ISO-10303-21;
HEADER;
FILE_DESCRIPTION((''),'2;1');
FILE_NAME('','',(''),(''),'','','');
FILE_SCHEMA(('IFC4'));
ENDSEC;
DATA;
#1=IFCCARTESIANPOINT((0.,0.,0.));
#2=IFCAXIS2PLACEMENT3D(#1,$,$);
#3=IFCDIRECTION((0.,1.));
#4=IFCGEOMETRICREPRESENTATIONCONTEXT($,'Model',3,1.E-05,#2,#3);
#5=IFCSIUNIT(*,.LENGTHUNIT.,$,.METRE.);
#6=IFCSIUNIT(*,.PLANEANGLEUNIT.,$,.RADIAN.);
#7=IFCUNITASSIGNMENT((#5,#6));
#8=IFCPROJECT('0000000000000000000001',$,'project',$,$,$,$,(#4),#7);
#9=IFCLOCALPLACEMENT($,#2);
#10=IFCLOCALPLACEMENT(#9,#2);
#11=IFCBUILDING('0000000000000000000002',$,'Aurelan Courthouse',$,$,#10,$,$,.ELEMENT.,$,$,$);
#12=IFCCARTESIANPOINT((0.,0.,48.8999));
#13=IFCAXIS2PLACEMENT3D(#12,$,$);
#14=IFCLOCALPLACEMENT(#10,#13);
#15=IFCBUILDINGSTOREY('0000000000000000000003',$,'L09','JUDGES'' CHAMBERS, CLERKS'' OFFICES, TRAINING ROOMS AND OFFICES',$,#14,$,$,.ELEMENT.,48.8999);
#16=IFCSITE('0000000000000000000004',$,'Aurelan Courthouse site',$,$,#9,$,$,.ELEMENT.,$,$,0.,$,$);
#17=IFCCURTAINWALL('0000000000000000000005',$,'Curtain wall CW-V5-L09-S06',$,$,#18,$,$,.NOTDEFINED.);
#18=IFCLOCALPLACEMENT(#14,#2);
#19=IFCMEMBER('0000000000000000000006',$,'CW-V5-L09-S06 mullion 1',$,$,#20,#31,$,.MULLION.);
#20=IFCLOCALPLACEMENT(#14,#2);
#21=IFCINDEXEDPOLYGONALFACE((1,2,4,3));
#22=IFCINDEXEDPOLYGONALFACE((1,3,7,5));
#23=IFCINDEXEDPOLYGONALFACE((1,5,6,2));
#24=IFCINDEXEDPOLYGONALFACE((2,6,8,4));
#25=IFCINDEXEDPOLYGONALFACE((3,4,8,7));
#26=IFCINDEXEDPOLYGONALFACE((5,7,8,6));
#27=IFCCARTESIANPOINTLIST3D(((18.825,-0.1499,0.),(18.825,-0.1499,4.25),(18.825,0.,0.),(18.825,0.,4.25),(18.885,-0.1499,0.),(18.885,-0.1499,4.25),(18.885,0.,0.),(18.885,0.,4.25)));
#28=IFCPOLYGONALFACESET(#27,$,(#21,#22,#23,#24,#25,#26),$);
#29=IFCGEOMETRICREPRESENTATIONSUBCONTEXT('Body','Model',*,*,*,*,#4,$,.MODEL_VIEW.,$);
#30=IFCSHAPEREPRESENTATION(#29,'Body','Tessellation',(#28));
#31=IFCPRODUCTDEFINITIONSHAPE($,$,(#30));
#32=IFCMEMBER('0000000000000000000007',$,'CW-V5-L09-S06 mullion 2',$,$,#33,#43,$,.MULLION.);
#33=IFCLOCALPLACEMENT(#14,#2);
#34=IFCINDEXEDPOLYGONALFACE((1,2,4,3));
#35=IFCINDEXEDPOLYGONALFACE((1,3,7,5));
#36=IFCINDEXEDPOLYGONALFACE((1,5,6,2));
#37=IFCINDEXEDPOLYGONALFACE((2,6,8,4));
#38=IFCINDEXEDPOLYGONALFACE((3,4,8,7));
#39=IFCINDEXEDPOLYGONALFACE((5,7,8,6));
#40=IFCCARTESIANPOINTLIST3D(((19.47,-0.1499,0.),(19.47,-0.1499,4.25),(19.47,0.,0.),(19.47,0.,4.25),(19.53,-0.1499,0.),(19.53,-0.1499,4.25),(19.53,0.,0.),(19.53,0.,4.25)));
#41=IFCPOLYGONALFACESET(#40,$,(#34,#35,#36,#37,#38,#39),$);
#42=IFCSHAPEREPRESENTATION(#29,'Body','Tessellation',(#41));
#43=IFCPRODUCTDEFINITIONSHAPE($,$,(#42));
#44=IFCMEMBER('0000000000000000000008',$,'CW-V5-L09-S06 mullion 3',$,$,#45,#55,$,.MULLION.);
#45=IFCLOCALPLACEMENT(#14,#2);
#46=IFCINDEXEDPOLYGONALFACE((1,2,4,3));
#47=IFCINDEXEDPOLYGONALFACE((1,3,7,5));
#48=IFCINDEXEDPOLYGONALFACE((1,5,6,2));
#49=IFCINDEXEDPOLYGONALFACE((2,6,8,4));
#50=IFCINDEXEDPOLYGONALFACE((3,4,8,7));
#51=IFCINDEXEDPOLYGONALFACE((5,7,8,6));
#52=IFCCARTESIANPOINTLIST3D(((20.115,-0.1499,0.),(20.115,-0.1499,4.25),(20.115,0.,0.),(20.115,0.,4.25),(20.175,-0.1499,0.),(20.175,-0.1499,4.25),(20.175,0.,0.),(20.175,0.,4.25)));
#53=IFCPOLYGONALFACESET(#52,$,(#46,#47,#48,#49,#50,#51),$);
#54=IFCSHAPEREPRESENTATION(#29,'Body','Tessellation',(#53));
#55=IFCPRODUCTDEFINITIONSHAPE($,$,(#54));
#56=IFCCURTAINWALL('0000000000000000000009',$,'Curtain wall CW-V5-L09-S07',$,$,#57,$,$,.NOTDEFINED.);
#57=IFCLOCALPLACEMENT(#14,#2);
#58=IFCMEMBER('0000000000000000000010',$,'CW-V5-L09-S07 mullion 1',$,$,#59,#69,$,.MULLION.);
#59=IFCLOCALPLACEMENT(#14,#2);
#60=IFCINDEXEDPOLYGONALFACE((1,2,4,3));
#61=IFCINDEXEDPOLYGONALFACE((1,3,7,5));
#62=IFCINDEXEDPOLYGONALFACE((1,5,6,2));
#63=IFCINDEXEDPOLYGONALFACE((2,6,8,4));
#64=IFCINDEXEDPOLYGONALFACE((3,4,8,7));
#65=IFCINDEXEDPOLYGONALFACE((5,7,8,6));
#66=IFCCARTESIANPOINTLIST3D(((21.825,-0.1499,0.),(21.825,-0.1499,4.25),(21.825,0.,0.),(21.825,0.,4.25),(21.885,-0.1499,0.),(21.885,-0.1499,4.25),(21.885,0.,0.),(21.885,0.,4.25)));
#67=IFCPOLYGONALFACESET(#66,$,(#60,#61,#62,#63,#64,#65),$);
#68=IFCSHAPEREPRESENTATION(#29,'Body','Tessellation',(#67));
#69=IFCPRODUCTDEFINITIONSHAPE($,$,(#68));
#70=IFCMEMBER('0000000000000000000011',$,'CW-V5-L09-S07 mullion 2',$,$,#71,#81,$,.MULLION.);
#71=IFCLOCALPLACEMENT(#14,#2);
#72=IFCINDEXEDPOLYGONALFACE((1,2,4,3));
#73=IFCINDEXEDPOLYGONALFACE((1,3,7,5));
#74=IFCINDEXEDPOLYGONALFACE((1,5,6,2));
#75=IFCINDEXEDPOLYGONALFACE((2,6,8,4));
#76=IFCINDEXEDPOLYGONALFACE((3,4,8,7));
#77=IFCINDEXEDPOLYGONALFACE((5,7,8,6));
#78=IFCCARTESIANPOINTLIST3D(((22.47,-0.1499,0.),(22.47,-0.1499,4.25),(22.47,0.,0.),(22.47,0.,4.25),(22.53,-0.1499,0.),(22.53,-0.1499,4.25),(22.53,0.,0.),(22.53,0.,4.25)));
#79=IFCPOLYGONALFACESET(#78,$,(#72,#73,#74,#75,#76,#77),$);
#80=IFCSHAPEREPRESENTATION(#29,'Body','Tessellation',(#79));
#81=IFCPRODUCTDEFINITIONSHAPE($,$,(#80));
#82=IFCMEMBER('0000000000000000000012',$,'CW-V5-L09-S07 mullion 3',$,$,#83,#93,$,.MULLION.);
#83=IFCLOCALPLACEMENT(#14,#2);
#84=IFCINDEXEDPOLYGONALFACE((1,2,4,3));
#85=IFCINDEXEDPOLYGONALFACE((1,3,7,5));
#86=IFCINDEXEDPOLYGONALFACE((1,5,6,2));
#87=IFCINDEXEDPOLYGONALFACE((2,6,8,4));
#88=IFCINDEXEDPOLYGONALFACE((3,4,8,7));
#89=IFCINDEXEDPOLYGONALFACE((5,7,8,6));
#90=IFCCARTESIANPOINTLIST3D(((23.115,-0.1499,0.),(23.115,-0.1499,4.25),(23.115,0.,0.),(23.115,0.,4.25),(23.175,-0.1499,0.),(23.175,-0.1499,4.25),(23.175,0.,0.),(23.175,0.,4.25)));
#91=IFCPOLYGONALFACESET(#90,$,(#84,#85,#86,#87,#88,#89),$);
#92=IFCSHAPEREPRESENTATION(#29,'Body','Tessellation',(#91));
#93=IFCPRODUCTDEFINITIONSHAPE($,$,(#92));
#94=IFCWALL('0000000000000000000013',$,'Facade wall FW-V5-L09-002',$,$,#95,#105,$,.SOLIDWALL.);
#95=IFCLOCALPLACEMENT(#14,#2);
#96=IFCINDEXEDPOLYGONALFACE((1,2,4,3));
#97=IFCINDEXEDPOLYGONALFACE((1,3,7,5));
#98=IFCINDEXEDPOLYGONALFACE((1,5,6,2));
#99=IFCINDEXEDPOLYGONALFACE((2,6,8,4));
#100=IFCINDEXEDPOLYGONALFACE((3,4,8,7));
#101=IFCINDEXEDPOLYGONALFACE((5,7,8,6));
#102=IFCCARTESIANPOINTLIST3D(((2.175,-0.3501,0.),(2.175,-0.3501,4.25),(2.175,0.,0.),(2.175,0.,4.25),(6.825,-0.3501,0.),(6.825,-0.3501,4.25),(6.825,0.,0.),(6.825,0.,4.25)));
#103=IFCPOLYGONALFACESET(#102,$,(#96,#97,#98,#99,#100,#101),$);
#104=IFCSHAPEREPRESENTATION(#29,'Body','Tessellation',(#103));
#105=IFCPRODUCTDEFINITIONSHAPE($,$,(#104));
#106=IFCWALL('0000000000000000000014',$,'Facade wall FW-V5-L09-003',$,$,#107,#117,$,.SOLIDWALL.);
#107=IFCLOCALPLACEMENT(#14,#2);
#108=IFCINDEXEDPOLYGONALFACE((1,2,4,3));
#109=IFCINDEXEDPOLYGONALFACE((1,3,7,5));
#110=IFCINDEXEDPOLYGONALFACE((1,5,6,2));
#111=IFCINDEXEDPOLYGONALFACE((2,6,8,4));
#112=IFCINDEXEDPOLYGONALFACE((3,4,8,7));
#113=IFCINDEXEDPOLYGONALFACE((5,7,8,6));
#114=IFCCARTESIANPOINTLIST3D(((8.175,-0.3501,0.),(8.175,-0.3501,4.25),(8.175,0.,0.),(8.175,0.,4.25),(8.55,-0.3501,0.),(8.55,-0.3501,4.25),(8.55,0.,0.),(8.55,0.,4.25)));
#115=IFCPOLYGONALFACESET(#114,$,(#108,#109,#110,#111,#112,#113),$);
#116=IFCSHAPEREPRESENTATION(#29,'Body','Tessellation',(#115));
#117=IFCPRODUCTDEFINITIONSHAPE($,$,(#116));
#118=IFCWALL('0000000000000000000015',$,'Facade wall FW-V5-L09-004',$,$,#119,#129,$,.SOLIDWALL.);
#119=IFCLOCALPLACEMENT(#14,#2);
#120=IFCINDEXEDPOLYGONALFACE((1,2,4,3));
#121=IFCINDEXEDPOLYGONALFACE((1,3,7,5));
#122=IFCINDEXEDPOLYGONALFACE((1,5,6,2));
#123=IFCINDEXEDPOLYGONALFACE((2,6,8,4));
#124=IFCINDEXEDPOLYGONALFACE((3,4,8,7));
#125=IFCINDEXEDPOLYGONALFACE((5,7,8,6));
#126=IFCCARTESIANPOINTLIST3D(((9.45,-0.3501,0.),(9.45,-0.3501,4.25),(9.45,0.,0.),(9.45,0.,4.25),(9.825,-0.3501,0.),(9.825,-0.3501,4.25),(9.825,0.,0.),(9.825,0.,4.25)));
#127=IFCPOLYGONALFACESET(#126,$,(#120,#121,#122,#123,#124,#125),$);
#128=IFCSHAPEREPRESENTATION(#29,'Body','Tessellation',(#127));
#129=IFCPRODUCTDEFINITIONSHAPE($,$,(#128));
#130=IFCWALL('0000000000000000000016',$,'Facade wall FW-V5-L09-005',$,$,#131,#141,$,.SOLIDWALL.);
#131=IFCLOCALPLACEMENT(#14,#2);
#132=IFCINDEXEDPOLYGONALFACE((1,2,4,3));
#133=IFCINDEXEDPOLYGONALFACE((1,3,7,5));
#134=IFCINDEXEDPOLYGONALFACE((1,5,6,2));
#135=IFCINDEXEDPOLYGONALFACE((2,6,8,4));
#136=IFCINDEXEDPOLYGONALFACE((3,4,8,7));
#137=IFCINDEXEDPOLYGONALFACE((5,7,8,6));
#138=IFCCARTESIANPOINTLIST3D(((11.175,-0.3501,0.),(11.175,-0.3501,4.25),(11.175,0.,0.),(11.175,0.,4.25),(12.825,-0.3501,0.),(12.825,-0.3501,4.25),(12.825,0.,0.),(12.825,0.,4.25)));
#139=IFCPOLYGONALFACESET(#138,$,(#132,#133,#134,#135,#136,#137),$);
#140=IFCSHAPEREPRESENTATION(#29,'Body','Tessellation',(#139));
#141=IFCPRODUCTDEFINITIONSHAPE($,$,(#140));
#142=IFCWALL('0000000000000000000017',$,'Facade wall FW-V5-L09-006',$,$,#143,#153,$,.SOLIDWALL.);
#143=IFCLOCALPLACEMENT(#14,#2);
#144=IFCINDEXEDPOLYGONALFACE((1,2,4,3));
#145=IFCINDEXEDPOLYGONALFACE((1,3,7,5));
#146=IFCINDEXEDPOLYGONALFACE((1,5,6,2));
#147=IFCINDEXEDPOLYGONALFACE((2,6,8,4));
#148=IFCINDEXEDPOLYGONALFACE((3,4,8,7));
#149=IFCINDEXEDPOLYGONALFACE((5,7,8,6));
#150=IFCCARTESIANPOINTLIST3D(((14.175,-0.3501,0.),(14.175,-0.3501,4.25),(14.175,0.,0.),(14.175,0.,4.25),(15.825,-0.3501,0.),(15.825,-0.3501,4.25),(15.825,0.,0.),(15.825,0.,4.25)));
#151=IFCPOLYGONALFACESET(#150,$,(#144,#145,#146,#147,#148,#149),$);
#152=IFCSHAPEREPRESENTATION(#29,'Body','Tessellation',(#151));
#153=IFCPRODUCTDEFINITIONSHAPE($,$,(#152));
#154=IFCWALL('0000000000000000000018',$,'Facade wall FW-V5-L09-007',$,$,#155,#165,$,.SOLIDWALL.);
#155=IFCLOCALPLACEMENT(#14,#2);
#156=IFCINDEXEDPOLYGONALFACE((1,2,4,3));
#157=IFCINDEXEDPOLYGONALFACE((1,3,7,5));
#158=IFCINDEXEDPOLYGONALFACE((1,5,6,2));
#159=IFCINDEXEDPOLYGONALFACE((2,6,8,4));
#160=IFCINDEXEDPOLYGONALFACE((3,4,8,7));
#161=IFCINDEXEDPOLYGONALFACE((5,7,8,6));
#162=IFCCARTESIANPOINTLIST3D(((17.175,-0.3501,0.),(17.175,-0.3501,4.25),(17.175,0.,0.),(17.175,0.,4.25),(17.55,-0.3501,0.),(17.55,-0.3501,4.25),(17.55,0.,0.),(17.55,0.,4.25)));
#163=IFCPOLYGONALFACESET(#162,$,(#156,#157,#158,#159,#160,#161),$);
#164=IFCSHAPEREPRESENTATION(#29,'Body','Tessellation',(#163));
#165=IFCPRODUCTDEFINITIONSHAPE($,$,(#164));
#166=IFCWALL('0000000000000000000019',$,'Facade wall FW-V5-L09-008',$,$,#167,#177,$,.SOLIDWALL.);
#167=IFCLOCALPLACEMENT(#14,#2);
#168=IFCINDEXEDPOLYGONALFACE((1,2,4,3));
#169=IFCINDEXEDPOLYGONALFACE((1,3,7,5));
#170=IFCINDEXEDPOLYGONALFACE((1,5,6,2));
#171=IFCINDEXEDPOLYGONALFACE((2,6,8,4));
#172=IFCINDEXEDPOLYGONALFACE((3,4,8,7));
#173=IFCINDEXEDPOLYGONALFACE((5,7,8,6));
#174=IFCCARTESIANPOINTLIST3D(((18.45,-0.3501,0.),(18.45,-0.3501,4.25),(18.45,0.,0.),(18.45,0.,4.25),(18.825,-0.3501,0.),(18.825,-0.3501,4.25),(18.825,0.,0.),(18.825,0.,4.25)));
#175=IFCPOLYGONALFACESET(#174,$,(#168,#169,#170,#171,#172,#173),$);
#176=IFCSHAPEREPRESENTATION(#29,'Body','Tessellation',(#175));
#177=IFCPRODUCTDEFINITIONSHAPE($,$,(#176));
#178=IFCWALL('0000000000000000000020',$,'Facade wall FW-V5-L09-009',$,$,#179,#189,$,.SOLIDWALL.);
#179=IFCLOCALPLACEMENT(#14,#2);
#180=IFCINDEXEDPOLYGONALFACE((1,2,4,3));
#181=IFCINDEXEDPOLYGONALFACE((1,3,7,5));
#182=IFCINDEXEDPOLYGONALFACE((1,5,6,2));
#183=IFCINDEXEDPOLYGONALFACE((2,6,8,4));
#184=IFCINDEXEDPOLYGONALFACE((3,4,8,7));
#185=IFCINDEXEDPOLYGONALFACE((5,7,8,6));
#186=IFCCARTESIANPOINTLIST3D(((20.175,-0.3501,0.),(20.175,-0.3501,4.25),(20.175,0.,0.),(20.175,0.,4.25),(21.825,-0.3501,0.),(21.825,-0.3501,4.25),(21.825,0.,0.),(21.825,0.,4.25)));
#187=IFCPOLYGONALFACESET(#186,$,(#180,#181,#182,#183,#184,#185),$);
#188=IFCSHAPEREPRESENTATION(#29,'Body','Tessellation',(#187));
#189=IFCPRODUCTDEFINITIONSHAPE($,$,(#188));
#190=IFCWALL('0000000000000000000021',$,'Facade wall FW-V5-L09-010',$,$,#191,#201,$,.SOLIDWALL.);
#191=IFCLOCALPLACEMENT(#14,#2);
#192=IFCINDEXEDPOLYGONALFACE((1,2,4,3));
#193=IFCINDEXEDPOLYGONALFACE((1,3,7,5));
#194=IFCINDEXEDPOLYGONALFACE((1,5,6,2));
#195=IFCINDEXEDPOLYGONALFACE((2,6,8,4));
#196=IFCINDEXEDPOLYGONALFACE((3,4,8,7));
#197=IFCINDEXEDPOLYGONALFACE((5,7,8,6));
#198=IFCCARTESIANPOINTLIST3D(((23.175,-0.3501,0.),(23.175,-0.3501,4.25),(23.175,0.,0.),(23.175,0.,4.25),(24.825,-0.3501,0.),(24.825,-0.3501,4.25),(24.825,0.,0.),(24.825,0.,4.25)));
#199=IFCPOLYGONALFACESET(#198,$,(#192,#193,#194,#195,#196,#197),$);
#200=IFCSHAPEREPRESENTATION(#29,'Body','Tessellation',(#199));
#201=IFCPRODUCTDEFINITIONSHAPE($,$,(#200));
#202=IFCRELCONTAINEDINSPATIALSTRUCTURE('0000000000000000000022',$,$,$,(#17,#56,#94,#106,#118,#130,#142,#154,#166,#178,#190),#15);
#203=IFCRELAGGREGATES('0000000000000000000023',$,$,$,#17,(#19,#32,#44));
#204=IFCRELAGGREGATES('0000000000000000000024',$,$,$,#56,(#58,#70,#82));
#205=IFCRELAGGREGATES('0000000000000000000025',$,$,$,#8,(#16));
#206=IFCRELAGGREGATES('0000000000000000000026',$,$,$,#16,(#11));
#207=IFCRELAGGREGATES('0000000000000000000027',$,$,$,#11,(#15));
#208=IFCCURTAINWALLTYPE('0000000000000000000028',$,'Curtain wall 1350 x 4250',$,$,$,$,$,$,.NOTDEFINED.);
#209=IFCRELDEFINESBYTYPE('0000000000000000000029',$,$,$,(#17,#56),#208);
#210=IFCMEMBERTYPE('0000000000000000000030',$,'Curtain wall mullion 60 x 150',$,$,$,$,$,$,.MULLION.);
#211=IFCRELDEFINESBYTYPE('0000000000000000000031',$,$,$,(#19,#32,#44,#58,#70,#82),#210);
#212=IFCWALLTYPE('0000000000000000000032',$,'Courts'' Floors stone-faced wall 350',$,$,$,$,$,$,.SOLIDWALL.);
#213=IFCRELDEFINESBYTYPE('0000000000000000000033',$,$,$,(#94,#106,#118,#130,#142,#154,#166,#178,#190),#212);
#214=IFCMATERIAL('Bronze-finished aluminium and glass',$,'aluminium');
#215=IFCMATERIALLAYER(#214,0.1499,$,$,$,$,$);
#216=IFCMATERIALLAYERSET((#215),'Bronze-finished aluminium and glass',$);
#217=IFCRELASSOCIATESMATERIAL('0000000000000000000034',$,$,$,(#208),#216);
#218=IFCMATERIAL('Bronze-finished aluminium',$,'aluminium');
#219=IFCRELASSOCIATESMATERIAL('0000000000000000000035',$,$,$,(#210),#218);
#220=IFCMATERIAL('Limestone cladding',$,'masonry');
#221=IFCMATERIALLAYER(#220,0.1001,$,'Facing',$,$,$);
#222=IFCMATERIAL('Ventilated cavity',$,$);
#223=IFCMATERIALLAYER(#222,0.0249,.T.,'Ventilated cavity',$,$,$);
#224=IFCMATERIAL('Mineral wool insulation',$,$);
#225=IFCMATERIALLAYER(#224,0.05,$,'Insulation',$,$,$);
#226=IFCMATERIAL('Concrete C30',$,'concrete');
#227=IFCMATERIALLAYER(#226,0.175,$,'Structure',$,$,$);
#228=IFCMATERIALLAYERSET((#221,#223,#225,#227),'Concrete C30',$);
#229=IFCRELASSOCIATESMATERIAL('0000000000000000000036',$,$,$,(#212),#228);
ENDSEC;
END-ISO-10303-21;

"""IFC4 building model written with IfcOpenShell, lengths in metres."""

from ifc_helpers import new_model, si_unit, direction, frame, frame_2d, origin, origin_2d, place, context, subcontext, project, spatial, rectangle, extrude, material, layer, layer_set, material_profile, profile_set, type_object, element, aggregate, save


model = new_model("IFC4")

# Units and contexts
model_context = context("Model", 3, precision=1e-05, world=origin(), true_north=direction((0.0, 1.0)))
body_context = subcontext(model_context, "Body", "Model", "MODEL_VIEW")
ifc_project = project(units=[si_unit("LENGTHUNIT", "METRE"), si_unit("PLANEANGLEUNIT", "RADIAN")], contexts=[model_context])

# Site, building, storey
site_placement = place(None, origin())
site = spatial("IfcSite", under=ifc_project, at=site_placement, Name="Aurelan Courthouse site", CompositionType="ELEMENT", RefElevation=0.0)
building_placement = place(site_placement, origin())
building = spatial("IfcBuilding", under=site, at=building_placement, Name="Aurelan Courthouse", CompositionType="ELEMENT")
storey_placement = place(building_placement, frame((0.0, 0.0, 48.8999)))
storey = spatial("IfcBuildingStorey", under=building, at=storey_placement, Name="L09", Description="JUDGES' CHAMBERS, CLERKS' OFFICES, TRAINING ROOMS AND OFFICES", CompositionType="ELEMENT", Elevation=48.8999)

# Curtain walls, members
ifc_material_1 = material(Name="Bronze-finished aluminium and glass", Category="aluminium")
ifc_layer_1 = layer(ifc_material_1, 0.1499)
ifc_layer_set_1 = layer_set([ifc_layer_1], Name="Bronze-finished aluminium and glass")
curtain_wall_type = type_object("IfcCurtainWallType", Name="Curtain wall 1350 x 4250", PredefinedType="NOTDEFINED", material=ifc_layer_set_1)
ifc_material_2 = material(Name="Bronze-finished aluminium", Category="aluminium")
ifc_material_profile = material_profile(ifc_material_2, rectangle(XDim=0.1499, YDim=0.0601, at=origin_2d()), Name="Bronze mullion 60 x 150")
ifc_profile_set = profile_set([ifc_material_profile], Name="Bronze-finished aluminium")
member_type = type_object("IfcMemberType", Name="Curtain wall mullion 60 x 150", PredefinedType="MULLION", material=ifc_profile_set)
curtain_wall_1_placement = place(storey_placement, origin())
curtain_wall_1 = element("IfcCurtainWall", 1, at=curtain_wall_1_placement, inside=storey, type_object=curtain_wall_type, Name="Curtain wall CW-V5-L09-S06", PredefinedType="NOTDEFINED")
member_1_placement = place(storey_placement, frame((18.855, -0.075, 0.0), z_axis=(0.0, 0.0, 1.0), x_axis=(0.0, 1.0, 0.0)))
member_1 = element("IfcMember", 2, at=member_1_placement, type_object=member_type, Name="CW-V5-L09-S06 mullion 1", PredefinedType="MULLION", context=body_context, shape_type="SweptSolid", body=[
    extrude(rectangle(XDim=0.1499, YDim=0.0601, at=origin_2d()), origin(), (0.0, 0.0, 1.0), 4.25),
])
member_2_placement = place(storey_placement, frame((19.5, -0.075, 0.0), z_axis=(0.0, 0.0, 1.0), x_axis=(0.0, 1.0, 0.0)))
member_2 = element("IfcMember", 3, at=member_2_placement, type_object=member_type, Name="CW-V5-L09-S06 mullion 2", PredefinedType="MULLION", context=body_context, shape_type="SweptSolid", body=[
    extrude(rectangle(XDim=0.1499, YDim=0.0601, at=origin_2d()), origin(), (0.0, 0.0, 1.0), 4.25),
])
member_3_placement = place(storey_placement, frame((20.145, -0.075, 0.0), z_axis=(0.0, 0.0, 1.0), x_axis=(0.0, 1.0, 0.0)))
member_3 = element("IfcMember", 4, at=member_3_placement, type_object=member_type, Name="CW-V5-L09-S06 mullion 3", PredefinedType="MULLION", context=body_context, shape_type="SweptSolid", body=[
    extrude(rectangle(XDim=0.1499, YDim=0.0601, at=origin_2d()), origin(), (0.0, 0.0, 1.0), 4.25),
])
aggregate(curtain_wall_1, [member_1, member_2, member_3])
curtain_wall_2_placement = place(storey_placement, origin())
curtain_wall_2 = element("IfcCurtainWall", 5, at=curtain_wall_2_placement, inside=storey, type_object=curtain_wall_type, Name="Curtain wall CW-V5-L09-S07", PredefinedType="NOTDEFINED")
member_4_placement = place(storey_placement, frame((21.855, -0.075, 0.0), z_axis=(0.0, 0.0, 1.0), x_axis=(0.0, 1.0, 0.0)))
member_4 = element("IfcMember", 6, at=member_4_placement, type_object=member_type, Name="CW-V5-L09-S07 mullion 1", PredefinedType="MULLION", context=body_context, shape_type="SweptSolid", body=[
    extrude(rectangle(XDim=0.1499, YDim=0.0601, at=origin_2d()), origin(), (0.0, 0.0, 1.0), 4.25),
])
member_5_placement = place(storey_placement, frame((22.5, -0.075, 0.0), z_axis=(0.0, 0.0, 1.0), x_axis=(0.0, 1.0, 0.0)))
member_5 = element("IfcMember", 7, at=member_5_placement, type_object=member_type, Name="CW-V5-L09-S07 mullion 2", PredefinedType="MULLION", context=body_context, shape_type="SweptSolid", body=[
    extrude(rectangle(XDim=0.1499, YDim=0.0601, at=origin_2d()), origin(), (0.0, 0.0, 1.0), 4.25),
])
member_6_placement = place(storey_placement, frame((23.145, -0.075, 0.0), z_axis=(0.0, 0.0, 1.0), x_axis=(0.0, 1.0, 0.0)))
member_6 = element("IfcMember", 8, at=member_6_placement, type_object=member_type, Name="CW-V5-L09-S07 mullion 3", PredefinedType="MULLION", context=body_context, shape_type="SweptSolid", body=[
    extrude(rectangle(XDim=0.1499, YDim=0.0601, at=origin_2d()), origin(), (0.0, 0.0, 1.0), 4.25),
])
aggregate(curtain_wall_2, [member_4, member_5, member_6])

# Walls
ifc_material_3 = material(Name="Limestone cladding", Category="masonry")
ifc_layer_2 = layer(ifc_material_3, 0.1001, Name="Facing")
ifc_material_4 = material(Name="Ventilated cavity")
ifc_layer_3 = layer(ifc_material_4, 0.0249, ventilated=True, Name="Ventilated cavity")
ifc_material_5 = material(Name="Mineral wool insulation")
ifc_layer_4 = layer(ifc_material_5, 0.05, Name="Insulation")
ifc_material_6 = material(Name="Concrete C30", Category="concrete")
ifc_layer_5 = layer(ifc_material_6, 0.175, Name="Structure")
ifc_layer_set_2 = layer_set([ifc_layer_2, ifc_layer_3, ifc_layer_4, ifc_layer_5], Name="Concrete C30")
wall_type = type_object("IfcWallType", Name="Courts' Floors stone-faced wall 350", PredefinedType="SOLIDWALL", material=ifc_layer_set_2)
wall_1_placement = place(storey_placement, frame((2.175, -0.175, 0.0), z_axis=(0.0, 0.0, 1.0), x_axis=(1.0, 0.0, 0.0)))
element("IfcWall", 9, at=wall_1_placement, inside=storey, type_object=wall_type, Name="Facade wall FW-V5-L09-002", PredefinedType="SOLIDWALL", context=body_context, shape_type="SweptSolid", body=[
    extrude(rectangle(XDim=4.6499, YDim=0.3501, at=frame_2d((2.325, 0.0))), origin(), (0.0, 0.0, 1.0), 4.25),
])
for number, where, z_axis, x_axis, name in (
    (10, (8.175, -0.175, 0.0), (0.0, 0.0, 1.0), (1.0, 0.0, 0.0), "Facade wall FW-V5-L09-003"),
    (11, (9.45, -0.175, 0.0), (0.0, 0.0, 1.0), (1.0, 0.0, 0.0), "Facade wall FW-V5-L09-004"),
):
    element("IfcWall", number, at=place(storey_placement, frame(where, z_axis=z_axis, x_axis=x_axis)), inside=storey, type_object=wall_type, Name=name, PredefinedType="SOLIDWALL", context=body_context, shape_type="SweptSolid", body=[
        extrude(rectangle(XDim=0.375, YDim=0.3501, at=frame_2d((0.1875, 0.0))), origin(), (0.0, 0.0, 1.0), 4.25),
    ])
for number, where, z_axis, x_axis, name in (
    (12, (11.175, -0.175, 0.0), (0.0, 0.0, 1.0), (1.0, 0.0, 0.0), "Facade wall FW-V5-L09-005"),
    (13, (14.175, -0.175, 0.0), (0.0, 0.0, 1.0), (1.0, 0.0, 0.0), "Facade wall FW-V5-L09-006"),
):
    element("IfcWall", number, at=place(storey_placement, frame(where, z_axis=z_axis, x_axis=x_axis)), inside=storey, type_object=wall_type, Name=name, PredefinedType="SOLIDWALL", context=body_context, shape_type="SweptSolid", body=[
        extrude(rectangle(XDim=1.6499, YDim=0.3501, at=frame_2d((0.825, 0.0))), origin(), (0.0, 0.0, 1.0), 4.25),
    ])
for number, where, z_axis, x_axis, name in (
    (14, (17.175, -0.175, 0.0), (0.0, 0.0, 1.0), (1.0, 0.0, 0.0), "Facade wall FW-V5-L09-007"),
    (15, (18.45, -0.175, 0.0), (0.0, 0.0, 1.0), (1.0, 0.0, 0.0), "Facade wall FW-V5-L09-008"),
):
    element("IfcWall", number, at=place(storey_placement, frame(where, z_axis=z_axis, x_axis=x_axis)), inside=storey, type_object=wall_type, Name=name, PredefinedType="SOLIDWALL", context=body_context, shape_type="SweptSolid", body=[
        extrude(rectangle(XDim=0.375, YDim=0.3501, at=frame_2d((0.1875, 0.0))), origin(), (0.0, 0.0, 1.0), 4.25),
    ])
for number, where, z_axis, x_axis, name in (
    (16, (20.175, -0.175, 0.0), (0.0, 0.0, 1.0), (1.0, 0.0, 0.0), "Facade wall FW-V5-L09-009"),
    (17, (23.175, -0.175, 0.0), (0.0, 0.0, 1.0), (1.0, 0.0, 0.0), "Facade wall FW-V5-L09-010"),
):
    element("IfcWall", number, at=place(storey_placement, frame(where, z_axis=z_axis, x_axis=x_axis)), inside=storey, type_object=wall_type, Name=name, PredefinedType="SOLIDWALL", context=body_context, shape_type="SweptSolid", body=[
        extrude(rectangle(XDim=1.6499, YDim=0.3501, at=frame_2d((0.825, 0.0))), origin(), (0.0, 0.0, 1.0), 4.25),
    ])

save(model, "model.ifc")
